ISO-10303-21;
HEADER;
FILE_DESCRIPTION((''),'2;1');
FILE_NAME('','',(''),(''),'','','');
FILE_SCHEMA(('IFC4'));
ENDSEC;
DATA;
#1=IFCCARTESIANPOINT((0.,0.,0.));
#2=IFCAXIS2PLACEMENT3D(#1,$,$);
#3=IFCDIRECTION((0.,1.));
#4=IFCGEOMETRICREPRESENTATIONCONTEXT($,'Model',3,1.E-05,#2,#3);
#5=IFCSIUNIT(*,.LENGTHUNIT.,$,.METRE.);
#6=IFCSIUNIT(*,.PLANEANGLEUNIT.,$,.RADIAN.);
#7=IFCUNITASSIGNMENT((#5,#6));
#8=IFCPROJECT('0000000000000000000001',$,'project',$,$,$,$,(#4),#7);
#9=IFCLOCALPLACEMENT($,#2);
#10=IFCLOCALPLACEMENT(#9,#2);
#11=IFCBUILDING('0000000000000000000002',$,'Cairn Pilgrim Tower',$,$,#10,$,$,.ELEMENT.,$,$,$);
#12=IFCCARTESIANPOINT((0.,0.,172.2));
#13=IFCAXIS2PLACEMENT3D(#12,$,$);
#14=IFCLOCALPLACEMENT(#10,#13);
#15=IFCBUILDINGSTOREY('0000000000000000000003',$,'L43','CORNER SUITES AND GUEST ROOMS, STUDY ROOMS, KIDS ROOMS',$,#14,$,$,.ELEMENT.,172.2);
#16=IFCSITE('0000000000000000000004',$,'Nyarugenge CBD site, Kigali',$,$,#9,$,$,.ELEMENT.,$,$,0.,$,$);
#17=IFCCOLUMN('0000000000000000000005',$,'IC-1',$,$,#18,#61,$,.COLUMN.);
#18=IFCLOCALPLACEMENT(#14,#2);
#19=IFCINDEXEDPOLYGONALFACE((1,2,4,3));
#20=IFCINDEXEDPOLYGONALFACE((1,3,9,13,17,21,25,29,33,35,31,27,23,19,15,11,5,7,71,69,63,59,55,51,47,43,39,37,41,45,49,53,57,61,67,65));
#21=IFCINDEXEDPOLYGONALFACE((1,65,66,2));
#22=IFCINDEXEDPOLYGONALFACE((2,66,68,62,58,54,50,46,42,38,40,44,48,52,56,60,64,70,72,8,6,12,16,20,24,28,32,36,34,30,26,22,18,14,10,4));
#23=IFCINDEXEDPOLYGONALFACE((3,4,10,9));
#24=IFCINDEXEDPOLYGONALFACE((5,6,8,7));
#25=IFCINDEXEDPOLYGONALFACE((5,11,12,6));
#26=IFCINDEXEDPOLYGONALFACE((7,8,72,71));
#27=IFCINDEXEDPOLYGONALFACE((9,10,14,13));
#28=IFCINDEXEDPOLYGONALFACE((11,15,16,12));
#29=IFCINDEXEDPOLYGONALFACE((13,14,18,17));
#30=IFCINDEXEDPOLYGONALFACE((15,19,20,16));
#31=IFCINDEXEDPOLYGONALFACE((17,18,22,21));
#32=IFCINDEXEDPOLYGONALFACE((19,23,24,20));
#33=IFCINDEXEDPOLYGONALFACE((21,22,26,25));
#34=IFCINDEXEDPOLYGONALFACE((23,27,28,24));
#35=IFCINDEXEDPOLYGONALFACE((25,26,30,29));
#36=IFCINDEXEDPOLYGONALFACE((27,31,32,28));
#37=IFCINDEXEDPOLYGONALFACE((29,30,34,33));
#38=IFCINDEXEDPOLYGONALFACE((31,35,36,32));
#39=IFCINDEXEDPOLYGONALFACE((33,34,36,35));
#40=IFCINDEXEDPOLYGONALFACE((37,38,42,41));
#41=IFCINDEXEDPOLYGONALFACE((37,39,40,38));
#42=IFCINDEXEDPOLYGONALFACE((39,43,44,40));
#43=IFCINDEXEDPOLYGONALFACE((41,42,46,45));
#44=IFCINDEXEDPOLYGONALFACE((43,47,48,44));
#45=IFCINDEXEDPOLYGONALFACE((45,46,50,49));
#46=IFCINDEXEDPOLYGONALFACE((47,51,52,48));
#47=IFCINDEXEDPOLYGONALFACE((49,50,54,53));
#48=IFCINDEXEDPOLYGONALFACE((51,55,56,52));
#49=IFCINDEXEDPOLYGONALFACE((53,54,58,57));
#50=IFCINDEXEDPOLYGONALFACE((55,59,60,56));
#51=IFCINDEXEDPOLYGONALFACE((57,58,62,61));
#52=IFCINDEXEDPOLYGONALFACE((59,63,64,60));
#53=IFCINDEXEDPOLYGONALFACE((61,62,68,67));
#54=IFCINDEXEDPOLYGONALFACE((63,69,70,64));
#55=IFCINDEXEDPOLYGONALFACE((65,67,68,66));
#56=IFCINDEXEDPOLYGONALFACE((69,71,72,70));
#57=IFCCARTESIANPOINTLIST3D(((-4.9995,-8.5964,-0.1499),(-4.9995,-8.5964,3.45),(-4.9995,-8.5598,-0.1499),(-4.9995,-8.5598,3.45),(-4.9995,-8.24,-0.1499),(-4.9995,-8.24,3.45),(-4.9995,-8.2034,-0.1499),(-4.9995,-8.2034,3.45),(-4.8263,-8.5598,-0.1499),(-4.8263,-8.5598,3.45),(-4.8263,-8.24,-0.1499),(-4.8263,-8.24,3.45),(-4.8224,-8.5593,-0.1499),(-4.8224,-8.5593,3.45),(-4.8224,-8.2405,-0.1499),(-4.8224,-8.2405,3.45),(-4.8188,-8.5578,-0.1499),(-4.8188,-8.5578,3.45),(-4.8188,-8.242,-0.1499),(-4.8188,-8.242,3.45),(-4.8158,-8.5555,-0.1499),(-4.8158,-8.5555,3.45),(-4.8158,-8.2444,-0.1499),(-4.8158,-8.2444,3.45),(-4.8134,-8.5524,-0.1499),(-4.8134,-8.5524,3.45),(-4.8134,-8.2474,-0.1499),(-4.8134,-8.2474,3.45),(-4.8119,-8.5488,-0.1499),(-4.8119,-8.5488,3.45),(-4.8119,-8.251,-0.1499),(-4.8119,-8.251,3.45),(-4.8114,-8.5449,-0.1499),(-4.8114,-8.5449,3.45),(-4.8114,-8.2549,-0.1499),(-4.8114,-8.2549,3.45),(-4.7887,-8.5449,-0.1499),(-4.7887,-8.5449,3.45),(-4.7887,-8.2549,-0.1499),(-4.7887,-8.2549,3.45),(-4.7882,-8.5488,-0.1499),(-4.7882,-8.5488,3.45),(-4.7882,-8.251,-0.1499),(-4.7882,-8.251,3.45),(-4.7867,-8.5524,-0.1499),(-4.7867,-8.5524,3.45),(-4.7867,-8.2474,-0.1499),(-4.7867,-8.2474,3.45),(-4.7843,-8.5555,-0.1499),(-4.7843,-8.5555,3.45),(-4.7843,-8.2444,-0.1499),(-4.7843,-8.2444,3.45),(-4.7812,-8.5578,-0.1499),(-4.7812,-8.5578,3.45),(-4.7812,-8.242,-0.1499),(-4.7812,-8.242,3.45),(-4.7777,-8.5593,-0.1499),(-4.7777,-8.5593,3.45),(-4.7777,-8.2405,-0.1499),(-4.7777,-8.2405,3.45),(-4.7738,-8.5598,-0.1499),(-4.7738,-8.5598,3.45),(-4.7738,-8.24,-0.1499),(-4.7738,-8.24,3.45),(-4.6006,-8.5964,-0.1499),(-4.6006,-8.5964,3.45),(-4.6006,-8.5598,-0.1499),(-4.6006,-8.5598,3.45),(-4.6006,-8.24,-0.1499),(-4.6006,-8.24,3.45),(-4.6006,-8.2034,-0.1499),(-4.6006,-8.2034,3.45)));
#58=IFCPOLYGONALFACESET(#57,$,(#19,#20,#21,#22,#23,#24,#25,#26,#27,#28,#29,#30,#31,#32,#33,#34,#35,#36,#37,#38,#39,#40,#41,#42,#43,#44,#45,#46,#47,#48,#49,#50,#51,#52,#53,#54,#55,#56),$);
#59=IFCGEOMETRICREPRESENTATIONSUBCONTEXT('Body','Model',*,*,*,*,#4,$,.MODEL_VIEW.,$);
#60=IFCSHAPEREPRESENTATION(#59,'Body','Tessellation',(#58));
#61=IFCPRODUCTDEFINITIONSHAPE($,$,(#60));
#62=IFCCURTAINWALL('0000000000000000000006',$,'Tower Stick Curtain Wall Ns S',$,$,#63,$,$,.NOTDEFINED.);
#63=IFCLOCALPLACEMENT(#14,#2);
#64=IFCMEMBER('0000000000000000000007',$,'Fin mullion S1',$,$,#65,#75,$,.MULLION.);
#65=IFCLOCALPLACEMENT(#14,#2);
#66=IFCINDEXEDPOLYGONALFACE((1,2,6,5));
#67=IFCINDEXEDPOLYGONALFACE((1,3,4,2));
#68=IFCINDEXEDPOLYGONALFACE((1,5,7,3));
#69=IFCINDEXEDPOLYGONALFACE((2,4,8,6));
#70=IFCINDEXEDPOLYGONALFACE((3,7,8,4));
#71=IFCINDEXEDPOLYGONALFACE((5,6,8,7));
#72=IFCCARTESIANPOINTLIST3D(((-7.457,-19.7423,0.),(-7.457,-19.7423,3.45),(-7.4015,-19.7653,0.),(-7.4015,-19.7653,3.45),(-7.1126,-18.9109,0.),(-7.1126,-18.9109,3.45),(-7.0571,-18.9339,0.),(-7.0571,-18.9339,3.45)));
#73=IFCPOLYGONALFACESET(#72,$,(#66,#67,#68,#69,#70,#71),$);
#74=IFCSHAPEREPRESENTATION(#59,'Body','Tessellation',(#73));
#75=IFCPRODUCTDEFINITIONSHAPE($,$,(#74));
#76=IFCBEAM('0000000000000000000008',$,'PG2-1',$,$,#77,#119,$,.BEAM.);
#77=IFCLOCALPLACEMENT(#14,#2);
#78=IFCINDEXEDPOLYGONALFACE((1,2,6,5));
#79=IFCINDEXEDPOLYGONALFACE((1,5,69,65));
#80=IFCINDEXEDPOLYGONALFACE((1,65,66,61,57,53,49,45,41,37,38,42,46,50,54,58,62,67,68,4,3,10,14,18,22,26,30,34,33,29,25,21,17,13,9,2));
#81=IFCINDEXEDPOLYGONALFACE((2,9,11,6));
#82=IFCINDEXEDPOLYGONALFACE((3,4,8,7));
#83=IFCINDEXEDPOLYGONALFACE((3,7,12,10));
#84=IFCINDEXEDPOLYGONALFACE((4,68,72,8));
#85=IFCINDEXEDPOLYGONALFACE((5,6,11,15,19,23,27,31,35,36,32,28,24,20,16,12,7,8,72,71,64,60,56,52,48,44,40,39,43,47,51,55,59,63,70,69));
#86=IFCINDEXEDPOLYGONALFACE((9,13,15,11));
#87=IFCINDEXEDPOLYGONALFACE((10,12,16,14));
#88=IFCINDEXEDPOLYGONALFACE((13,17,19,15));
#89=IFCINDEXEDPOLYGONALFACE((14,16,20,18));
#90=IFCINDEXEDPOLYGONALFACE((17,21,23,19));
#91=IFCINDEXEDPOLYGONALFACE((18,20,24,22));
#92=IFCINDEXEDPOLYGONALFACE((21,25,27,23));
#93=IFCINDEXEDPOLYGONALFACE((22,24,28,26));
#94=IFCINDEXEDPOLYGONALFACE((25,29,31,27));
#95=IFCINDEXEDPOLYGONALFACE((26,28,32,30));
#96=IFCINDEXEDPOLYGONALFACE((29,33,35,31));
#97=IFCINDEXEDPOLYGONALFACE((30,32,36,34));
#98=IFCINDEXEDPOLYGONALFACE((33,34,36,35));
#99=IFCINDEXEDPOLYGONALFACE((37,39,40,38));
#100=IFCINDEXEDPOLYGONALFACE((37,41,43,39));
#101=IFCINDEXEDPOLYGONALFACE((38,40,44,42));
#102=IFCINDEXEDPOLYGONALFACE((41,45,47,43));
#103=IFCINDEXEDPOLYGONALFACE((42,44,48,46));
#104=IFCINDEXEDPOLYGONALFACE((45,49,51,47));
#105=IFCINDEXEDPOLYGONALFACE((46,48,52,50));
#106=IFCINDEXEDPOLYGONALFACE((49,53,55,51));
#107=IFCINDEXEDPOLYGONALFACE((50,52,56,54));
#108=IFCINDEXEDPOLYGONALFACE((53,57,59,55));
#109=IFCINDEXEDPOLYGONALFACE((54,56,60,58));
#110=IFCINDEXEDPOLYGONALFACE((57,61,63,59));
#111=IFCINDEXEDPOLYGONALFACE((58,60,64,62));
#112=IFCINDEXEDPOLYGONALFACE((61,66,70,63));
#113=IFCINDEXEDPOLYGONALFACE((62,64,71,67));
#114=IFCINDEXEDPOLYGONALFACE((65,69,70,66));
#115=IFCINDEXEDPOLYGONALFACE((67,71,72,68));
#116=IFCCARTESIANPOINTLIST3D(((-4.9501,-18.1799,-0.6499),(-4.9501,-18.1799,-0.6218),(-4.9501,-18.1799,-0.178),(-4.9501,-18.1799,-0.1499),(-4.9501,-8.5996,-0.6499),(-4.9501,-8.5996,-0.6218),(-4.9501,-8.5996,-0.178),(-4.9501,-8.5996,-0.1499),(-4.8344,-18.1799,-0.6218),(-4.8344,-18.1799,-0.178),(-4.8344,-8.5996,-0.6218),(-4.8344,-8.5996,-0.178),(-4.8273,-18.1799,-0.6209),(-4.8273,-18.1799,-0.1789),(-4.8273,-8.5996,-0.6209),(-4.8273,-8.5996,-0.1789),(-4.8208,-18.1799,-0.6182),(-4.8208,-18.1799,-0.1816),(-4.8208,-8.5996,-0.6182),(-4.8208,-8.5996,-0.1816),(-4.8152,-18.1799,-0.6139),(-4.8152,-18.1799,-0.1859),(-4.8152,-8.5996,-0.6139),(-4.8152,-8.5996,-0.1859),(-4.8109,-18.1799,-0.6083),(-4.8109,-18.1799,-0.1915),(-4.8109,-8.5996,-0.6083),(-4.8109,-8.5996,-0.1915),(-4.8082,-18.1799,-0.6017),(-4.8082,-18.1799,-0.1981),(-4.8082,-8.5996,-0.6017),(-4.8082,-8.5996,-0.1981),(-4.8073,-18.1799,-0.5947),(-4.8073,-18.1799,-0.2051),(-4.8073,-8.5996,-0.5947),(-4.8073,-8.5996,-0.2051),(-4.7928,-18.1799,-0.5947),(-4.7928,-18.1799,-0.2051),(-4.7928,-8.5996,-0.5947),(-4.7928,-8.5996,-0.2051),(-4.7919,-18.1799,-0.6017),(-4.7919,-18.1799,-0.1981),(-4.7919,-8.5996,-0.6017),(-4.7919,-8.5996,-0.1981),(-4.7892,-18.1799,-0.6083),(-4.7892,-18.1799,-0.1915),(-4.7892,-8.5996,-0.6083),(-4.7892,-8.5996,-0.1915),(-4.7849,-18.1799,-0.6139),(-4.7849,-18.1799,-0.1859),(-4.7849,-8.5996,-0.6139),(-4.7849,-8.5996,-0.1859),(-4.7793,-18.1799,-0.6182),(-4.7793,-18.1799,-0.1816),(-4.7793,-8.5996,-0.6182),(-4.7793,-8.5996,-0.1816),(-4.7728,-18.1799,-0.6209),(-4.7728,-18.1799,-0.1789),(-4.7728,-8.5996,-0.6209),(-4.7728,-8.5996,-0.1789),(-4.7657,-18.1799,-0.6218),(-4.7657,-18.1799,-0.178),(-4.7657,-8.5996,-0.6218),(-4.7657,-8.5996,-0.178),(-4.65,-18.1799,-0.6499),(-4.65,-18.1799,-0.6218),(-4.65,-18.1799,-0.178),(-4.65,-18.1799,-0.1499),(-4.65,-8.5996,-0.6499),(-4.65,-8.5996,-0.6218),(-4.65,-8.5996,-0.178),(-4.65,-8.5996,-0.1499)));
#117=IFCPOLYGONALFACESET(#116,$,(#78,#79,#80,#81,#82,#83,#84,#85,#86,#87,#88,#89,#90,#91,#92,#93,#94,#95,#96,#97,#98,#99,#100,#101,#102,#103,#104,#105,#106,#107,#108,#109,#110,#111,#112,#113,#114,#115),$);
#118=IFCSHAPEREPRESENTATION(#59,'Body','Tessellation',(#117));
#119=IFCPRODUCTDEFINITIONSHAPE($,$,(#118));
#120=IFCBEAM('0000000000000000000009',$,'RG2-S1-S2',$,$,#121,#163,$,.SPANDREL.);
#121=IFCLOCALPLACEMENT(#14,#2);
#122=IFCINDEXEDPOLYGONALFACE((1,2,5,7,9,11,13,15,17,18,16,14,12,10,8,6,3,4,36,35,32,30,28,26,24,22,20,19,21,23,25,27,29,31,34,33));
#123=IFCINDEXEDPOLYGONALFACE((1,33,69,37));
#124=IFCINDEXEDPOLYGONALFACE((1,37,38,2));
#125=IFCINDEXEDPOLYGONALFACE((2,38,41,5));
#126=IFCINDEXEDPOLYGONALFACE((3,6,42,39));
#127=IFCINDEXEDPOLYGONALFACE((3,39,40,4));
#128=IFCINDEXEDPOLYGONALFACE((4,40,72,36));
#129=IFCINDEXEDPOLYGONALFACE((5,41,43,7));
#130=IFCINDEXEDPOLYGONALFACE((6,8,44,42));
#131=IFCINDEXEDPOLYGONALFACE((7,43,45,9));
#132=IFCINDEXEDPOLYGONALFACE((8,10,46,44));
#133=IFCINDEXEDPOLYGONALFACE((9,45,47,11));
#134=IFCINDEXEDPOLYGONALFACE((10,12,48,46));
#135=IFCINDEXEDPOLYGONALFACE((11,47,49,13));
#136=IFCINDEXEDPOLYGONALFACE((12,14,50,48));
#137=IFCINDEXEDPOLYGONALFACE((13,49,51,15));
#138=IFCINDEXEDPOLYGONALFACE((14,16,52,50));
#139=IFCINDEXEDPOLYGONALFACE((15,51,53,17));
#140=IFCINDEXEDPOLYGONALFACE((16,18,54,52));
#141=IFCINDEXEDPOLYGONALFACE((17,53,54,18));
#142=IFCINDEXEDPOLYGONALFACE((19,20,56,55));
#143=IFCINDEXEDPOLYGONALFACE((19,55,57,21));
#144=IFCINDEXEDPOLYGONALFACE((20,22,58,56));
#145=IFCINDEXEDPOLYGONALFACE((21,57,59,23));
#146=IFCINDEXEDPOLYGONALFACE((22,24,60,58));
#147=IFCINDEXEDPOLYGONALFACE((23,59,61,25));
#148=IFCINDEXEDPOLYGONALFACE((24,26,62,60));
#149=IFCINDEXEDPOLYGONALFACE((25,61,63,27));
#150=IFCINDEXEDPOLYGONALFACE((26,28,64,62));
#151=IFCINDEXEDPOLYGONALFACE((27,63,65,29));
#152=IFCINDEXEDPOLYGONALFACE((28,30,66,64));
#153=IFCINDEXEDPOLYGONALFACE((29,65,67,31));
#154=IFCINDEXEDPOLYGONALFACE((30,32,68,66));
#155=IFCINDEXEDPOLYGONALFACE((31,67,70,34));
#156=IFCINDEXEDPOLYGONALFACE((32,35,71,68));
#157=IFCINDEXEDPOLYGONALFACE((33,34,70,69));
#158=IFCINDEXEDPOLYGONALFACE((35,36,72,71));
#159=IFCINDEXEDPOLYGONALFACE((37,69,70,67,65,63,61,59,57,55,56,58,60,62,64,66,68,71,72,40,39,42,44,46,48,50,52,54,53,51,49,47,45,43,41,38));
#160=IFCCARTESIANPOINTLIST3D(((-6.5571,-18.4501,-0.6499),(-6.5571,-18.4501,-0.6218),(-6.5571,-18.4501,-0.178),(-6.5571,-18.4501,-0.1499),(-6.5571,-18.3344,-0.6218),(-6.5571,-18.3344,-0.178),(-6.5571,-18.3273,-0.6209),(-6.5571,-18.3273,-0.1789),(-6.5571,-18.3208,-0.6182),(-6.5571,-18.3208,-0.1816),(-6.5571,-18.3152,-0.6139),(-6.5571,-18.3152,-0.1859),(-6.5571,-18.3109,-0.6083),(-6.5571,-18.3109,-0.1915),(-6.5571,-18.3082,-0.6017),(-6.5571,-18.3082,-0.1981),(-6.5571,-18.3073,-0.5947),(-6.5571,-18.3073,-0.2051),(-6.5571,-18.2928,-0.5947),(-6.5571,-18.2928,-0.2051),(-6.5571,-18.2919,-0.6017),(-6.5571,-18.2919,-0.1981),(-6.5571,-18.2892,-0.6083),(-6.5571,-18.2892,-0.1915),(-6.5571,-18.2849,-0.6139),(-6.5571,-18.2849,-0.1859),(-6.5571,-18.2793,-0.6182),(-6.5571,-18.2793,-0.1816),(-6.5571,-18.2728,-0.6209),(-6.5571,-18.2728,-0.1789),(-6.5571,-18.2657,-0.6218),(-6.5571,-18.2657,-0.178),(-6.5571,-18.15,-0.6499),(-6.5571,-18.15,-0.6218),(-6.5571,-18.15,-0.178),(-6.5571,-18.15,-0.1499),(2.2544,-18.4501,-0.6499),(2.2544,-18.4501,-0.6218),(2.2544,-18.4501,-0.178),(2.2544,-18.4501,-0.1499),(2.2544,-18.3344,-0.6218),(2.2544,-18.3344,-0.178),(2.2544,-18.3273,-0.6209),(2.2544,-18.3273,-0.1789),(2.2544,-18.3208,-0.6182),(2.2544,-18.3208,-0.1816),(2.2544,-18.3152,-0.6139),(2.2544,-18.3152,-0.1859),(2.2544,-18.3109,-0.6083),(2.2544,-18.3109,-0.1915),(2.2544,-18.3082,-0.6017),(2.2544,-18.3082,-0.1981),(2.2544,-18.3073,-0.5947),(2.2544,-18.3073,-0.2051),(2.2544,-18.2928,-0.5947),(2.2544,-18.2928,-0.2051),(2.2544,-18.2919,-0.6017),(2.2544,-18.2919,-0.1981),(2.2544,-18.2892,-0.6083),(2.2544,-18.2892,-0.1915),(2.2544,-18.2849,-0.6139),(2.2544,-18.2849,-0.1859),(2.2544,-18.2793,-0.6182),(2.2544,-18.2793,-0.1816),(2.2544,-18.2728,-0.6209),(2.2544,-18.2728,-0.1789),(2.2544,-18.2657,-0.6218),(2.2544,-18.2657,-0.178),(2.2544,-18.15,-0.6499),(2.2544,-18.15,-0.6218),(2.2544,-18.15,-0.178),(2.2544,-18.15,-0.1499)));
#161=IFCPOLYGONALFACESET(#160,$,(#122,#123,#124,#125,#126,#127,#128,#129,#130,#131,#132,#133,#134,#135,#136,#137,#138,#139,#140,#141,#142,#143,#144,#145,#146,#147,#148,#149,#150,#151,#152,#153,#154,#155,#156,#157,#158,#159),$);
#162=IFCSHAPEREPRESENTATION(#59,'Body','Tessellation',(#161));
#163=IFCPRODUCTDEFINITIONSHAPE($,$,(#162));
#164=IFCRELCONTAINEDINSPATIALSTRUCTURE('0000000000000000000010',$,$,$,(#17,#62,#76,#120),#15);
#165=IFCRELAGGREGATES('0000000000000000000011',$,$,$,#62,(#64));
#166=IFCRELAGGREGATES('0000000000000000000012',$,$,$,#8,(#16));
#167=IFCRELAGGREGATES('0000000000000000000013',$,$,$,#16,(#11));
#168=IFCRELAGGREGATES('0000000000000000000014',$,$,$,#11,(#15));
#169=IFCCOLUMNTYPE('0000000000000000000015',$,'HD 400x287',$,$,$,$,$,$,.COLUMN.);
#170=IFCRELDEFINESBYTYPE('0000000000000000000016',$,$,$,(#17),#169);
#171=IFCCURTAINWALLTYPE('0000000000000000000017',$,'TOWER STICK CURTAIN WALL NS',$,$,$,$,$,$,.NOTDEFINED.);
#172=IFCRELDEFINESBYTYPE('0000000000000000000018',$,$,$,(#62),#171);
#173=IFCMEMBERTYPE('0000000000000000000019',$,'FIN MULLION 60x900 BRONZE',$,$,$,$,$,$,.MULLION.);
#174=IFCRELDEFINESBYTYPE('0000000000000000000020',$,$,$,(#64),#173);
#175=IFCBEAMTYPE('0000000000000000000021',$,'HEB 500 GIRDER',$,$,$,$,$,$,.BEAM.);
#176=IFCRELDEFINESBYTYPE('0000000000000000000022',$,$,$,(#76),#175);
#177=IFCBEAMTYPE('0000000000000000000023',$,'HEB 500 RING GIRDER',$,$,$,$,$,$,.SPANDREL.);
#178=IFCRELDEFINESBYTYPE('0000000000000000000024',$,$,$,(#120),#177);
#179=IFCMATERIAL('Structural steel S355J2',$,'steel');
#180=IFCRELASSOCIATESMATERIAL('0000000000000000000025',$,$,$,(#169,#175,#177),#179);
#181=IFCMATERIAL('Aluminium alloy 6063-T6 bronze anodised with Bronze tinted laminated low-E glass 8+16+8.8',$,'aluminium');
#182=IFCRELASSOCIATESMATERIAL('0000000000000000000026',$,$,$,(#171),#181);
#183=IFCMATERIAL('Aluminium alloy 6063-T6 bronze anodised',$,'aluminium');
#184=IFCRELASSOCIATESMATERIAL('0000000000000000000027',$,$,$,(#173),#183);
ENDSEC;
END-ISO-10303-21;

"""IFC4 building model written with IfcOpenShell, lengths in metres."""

from ifc_helpers import new_model, si_unit, direction, frame, origin, origin_2d, place, context, subcontext, project, spatial, rectangle, i_section, extrude, material, material_profile, profile_set, type_object, element, aggregate, save


model = new_model("IFC4")

# Units and contexts
model_context = context("Model", 3, precision=1e-05, world=origin(), true_north=direction((0.0, 1.0)))
body_context = subcontext(model_context, "Body", "Model", "MODEL_VIEW")
ifc_project = project(units=[si_unit("LENGTHUNIT", "METRE"), si_unit("PLANEANGLEUNIT", "RADIAN")], contexts=[model_context])

# Site, building, storey
site_placement = place(None, origin())
site = spatial("IfcSite", under=ifc_project, at=site_placement, Name="Nyarugenge CBD site, Kigali", CompositionType="ELEMENT", RefElevation=0.0)
building_placement = place(site_placement, origin())
building = spatial("IfcBuilding", under=site, at=building_placement, Name="Cairn Pilgrim Tower", CompositionType="ELEMENT")
storey_placement = place(building_placement, frame((0.0, 0.0, 172.2)))
storey = spatial("IfcBuildingStorey", under=building, at=storey_placement, Name="L43", Description="CORNER SUITES AND GUEST ROOMS, STUDY ROOMS, KIDS ROOMS", CompositionType="ELEMENT", Elevation=172.2)

# Column
ifc_material_1 = material(Name="Structural steel S355J2", Category="steel")
ifc_material_profile_1 = material_profile(ifc_material_1, i_section(OverallWidth=0.3989, OverallDepth=0.3931, WebThickness=0.0227, FlangeThickness=0.0366, FilletRadius=0.0149, at=origin_2d()), Name="HD 400x287")
ifc_profile_set_1 = profile_set([ifc_material_profile_1], Name="Structural steel S355J2")
column_type_1 = type_object("IfcColumnType", Name="HD 400x287", PredefinedType="COLUMN", material=ifc_profile_set_1)
column_1_placement = place(storey_placement, frame((-4.8, -8.3999, -0.1499), z_axis=(0.0, 0.0, 1.0), x_axis=(1.0, 0.0, 0.0)))
element("IfcColumn", 1, at=column_1_placement, inside=storey, type_object=column_type_1, Name="IC-1", PredefinedType="COLUMN", context=body_context, shape_type="SweptSolid", body=[
    extrude(i_section(OverallWidth=0.3989, OverallDepth=0.3931, WebThickness=0.0227, FlangeThickness=0.0366, FilletRadius=0.0149, at=origin_2d()), origin(), (0.0, 0.0, 1.0), 3.5999),
])

# Curtain wall, member
ifc_material_2 = material(Name="Aluminium alloy 6063-T6 bronze anodised with Bronze tinted laminated low-E glass 8+16+8.8", Category="aluminium")
curtain_wall_type = type_object("IfcCurtainWallType", Name="TOWER STICK CURTAIN WALL NS", PredefinedType="NOTDEFINED", material=ifc_material_2)
curtain_wall_placement = place(storey_placement, origin())
curtain_wall = element("IfcCurtainWall", 2, at=curtain_wall_placement, inside=storey, type_object=curtain_wall_type, Name="Tower Stick Curtain Wall Ns S", PredefinedType="NOTDEFINED")
ifc_material_3 = material(Name="Aluminium alloy 6063-T6 bronze anodised", Category="aluminium")
ifc_material_profile_2 = material_profile(ifc_material_3, rectangle(XDim=0.8999, YDim=0.0601, at=origin_2d()), Name="FIN MULLION 60x900 BRONZE")
ifc_profile_set_2 = profile_set([ifc_material_profile_2], Name="Aluminium alloy 6063-T6 bronze anodised")
member_type = type_object("IfcMemberType", Name="FIN MULLION 60x900 BRONZE", PredefinedType="MULLION", material=ifc_profile_set_2)
member_placement = place(storey_placement, frame((-7.2571, -19.3381, 0.0), z_axis=(0.0, 0.0, 1.0), x_axis=(-0.382683, -0.92388, 0.0)))
member = element("IfcMember", 3, at=member_placement, type_object=member_type, Name="Fin mullion S1", PredefinedType="MULLION", context=body_context, shape_type="SweptSolid", body=[
    extrude(rectangle(XDim=0.8999, YDim=0.0601, at=origin_2d()), origin(), (0.0, 0.0, 1.0), 3.45),
])
aggregate(curtain_wall, [member])

# Beams
ifc_material_profile_3 = material_profile(ifc_material_1, i_section(OverallWidth=0.3, OverallDepth=0.5, WebThickness=0.0144, FlangeThickness=0.0281, FilletRadius=0.0271, at=origin_2d()), Name="HEB 500")
ifc_profile_set_3 = profile_set([ifc_material_profile_3], Name="Structural steel S355J2")
beam_type_1 = type_object("IfcBeamType", Name="HEB 500 GIRDER", PredefinedType="BEAM", material=ifc_profile_set_3)
beam_1_placement = place(storey_placement, frame((-4.8, -18.1799, -0.3999), z_axis=(0.0, 1.0, 0.0), x_axis=(-1.0, 0.0, 0.0)))
element("IfcBeam", 4, at=beam_1_placement, inside=storey, type_object=beam_type_1, Name="PG2-1", PredefinedType="BEAM", context=body_context, shape_type="SweptSolid", body=[
    extrude(i_section(OverallWidth=0.3, OverallDepth=0.5, WebThickness=0.0144, FlangeThickness=0.0281, FilletRadius=0.0271, at=origin_2d()), origin(), (0.0, 0.0, 1.0), 9.5803),
])
ifc_material_profile_4 = material_profile(ifc_material_1, i_section(OverallWidth=0.3, OverallDepth=0.5, WebThickness=0.0144, FlangeThickness=0.0281, FilletRadius=0.0271, at=origin_2d()), Name="HEB 500")
ifc_profile_set_4 = profile_set([ifc_material_profile_4], Name="Structural steel S355J2")
beam_type_2 = type_object("IfcBeamType", Name="HEB 500 RING GIRDER", PredefinedType="SPANDREL", material=ifc_profile_set_4)
beam_2_placement = place(storey_placement, frame((-6.5571, -18.3, -0.3999), z_axis=(1.0, 0.0, 0.0), x_axis=(0.0, 1.0, 0.0)))
element("IfcBeam", 5, at=beam_2_placement, inside=storey, type_object=beam_type_2, Name="RG2-S1-S2", PredefinedType="SPANDREL", context=body_context, shape_type="SweptSolid", body=[
    extrude(i_section(OverallWidth=0.3, OverallDepth=0.5, WebThickness=0.0144, FlangeThickness=0.0281, FilletRadius=0.0271, at=origin_2d()), origin(), (0.0, 0.0, 1.0), 8.8115),
])

save(model, "model.ifc")
